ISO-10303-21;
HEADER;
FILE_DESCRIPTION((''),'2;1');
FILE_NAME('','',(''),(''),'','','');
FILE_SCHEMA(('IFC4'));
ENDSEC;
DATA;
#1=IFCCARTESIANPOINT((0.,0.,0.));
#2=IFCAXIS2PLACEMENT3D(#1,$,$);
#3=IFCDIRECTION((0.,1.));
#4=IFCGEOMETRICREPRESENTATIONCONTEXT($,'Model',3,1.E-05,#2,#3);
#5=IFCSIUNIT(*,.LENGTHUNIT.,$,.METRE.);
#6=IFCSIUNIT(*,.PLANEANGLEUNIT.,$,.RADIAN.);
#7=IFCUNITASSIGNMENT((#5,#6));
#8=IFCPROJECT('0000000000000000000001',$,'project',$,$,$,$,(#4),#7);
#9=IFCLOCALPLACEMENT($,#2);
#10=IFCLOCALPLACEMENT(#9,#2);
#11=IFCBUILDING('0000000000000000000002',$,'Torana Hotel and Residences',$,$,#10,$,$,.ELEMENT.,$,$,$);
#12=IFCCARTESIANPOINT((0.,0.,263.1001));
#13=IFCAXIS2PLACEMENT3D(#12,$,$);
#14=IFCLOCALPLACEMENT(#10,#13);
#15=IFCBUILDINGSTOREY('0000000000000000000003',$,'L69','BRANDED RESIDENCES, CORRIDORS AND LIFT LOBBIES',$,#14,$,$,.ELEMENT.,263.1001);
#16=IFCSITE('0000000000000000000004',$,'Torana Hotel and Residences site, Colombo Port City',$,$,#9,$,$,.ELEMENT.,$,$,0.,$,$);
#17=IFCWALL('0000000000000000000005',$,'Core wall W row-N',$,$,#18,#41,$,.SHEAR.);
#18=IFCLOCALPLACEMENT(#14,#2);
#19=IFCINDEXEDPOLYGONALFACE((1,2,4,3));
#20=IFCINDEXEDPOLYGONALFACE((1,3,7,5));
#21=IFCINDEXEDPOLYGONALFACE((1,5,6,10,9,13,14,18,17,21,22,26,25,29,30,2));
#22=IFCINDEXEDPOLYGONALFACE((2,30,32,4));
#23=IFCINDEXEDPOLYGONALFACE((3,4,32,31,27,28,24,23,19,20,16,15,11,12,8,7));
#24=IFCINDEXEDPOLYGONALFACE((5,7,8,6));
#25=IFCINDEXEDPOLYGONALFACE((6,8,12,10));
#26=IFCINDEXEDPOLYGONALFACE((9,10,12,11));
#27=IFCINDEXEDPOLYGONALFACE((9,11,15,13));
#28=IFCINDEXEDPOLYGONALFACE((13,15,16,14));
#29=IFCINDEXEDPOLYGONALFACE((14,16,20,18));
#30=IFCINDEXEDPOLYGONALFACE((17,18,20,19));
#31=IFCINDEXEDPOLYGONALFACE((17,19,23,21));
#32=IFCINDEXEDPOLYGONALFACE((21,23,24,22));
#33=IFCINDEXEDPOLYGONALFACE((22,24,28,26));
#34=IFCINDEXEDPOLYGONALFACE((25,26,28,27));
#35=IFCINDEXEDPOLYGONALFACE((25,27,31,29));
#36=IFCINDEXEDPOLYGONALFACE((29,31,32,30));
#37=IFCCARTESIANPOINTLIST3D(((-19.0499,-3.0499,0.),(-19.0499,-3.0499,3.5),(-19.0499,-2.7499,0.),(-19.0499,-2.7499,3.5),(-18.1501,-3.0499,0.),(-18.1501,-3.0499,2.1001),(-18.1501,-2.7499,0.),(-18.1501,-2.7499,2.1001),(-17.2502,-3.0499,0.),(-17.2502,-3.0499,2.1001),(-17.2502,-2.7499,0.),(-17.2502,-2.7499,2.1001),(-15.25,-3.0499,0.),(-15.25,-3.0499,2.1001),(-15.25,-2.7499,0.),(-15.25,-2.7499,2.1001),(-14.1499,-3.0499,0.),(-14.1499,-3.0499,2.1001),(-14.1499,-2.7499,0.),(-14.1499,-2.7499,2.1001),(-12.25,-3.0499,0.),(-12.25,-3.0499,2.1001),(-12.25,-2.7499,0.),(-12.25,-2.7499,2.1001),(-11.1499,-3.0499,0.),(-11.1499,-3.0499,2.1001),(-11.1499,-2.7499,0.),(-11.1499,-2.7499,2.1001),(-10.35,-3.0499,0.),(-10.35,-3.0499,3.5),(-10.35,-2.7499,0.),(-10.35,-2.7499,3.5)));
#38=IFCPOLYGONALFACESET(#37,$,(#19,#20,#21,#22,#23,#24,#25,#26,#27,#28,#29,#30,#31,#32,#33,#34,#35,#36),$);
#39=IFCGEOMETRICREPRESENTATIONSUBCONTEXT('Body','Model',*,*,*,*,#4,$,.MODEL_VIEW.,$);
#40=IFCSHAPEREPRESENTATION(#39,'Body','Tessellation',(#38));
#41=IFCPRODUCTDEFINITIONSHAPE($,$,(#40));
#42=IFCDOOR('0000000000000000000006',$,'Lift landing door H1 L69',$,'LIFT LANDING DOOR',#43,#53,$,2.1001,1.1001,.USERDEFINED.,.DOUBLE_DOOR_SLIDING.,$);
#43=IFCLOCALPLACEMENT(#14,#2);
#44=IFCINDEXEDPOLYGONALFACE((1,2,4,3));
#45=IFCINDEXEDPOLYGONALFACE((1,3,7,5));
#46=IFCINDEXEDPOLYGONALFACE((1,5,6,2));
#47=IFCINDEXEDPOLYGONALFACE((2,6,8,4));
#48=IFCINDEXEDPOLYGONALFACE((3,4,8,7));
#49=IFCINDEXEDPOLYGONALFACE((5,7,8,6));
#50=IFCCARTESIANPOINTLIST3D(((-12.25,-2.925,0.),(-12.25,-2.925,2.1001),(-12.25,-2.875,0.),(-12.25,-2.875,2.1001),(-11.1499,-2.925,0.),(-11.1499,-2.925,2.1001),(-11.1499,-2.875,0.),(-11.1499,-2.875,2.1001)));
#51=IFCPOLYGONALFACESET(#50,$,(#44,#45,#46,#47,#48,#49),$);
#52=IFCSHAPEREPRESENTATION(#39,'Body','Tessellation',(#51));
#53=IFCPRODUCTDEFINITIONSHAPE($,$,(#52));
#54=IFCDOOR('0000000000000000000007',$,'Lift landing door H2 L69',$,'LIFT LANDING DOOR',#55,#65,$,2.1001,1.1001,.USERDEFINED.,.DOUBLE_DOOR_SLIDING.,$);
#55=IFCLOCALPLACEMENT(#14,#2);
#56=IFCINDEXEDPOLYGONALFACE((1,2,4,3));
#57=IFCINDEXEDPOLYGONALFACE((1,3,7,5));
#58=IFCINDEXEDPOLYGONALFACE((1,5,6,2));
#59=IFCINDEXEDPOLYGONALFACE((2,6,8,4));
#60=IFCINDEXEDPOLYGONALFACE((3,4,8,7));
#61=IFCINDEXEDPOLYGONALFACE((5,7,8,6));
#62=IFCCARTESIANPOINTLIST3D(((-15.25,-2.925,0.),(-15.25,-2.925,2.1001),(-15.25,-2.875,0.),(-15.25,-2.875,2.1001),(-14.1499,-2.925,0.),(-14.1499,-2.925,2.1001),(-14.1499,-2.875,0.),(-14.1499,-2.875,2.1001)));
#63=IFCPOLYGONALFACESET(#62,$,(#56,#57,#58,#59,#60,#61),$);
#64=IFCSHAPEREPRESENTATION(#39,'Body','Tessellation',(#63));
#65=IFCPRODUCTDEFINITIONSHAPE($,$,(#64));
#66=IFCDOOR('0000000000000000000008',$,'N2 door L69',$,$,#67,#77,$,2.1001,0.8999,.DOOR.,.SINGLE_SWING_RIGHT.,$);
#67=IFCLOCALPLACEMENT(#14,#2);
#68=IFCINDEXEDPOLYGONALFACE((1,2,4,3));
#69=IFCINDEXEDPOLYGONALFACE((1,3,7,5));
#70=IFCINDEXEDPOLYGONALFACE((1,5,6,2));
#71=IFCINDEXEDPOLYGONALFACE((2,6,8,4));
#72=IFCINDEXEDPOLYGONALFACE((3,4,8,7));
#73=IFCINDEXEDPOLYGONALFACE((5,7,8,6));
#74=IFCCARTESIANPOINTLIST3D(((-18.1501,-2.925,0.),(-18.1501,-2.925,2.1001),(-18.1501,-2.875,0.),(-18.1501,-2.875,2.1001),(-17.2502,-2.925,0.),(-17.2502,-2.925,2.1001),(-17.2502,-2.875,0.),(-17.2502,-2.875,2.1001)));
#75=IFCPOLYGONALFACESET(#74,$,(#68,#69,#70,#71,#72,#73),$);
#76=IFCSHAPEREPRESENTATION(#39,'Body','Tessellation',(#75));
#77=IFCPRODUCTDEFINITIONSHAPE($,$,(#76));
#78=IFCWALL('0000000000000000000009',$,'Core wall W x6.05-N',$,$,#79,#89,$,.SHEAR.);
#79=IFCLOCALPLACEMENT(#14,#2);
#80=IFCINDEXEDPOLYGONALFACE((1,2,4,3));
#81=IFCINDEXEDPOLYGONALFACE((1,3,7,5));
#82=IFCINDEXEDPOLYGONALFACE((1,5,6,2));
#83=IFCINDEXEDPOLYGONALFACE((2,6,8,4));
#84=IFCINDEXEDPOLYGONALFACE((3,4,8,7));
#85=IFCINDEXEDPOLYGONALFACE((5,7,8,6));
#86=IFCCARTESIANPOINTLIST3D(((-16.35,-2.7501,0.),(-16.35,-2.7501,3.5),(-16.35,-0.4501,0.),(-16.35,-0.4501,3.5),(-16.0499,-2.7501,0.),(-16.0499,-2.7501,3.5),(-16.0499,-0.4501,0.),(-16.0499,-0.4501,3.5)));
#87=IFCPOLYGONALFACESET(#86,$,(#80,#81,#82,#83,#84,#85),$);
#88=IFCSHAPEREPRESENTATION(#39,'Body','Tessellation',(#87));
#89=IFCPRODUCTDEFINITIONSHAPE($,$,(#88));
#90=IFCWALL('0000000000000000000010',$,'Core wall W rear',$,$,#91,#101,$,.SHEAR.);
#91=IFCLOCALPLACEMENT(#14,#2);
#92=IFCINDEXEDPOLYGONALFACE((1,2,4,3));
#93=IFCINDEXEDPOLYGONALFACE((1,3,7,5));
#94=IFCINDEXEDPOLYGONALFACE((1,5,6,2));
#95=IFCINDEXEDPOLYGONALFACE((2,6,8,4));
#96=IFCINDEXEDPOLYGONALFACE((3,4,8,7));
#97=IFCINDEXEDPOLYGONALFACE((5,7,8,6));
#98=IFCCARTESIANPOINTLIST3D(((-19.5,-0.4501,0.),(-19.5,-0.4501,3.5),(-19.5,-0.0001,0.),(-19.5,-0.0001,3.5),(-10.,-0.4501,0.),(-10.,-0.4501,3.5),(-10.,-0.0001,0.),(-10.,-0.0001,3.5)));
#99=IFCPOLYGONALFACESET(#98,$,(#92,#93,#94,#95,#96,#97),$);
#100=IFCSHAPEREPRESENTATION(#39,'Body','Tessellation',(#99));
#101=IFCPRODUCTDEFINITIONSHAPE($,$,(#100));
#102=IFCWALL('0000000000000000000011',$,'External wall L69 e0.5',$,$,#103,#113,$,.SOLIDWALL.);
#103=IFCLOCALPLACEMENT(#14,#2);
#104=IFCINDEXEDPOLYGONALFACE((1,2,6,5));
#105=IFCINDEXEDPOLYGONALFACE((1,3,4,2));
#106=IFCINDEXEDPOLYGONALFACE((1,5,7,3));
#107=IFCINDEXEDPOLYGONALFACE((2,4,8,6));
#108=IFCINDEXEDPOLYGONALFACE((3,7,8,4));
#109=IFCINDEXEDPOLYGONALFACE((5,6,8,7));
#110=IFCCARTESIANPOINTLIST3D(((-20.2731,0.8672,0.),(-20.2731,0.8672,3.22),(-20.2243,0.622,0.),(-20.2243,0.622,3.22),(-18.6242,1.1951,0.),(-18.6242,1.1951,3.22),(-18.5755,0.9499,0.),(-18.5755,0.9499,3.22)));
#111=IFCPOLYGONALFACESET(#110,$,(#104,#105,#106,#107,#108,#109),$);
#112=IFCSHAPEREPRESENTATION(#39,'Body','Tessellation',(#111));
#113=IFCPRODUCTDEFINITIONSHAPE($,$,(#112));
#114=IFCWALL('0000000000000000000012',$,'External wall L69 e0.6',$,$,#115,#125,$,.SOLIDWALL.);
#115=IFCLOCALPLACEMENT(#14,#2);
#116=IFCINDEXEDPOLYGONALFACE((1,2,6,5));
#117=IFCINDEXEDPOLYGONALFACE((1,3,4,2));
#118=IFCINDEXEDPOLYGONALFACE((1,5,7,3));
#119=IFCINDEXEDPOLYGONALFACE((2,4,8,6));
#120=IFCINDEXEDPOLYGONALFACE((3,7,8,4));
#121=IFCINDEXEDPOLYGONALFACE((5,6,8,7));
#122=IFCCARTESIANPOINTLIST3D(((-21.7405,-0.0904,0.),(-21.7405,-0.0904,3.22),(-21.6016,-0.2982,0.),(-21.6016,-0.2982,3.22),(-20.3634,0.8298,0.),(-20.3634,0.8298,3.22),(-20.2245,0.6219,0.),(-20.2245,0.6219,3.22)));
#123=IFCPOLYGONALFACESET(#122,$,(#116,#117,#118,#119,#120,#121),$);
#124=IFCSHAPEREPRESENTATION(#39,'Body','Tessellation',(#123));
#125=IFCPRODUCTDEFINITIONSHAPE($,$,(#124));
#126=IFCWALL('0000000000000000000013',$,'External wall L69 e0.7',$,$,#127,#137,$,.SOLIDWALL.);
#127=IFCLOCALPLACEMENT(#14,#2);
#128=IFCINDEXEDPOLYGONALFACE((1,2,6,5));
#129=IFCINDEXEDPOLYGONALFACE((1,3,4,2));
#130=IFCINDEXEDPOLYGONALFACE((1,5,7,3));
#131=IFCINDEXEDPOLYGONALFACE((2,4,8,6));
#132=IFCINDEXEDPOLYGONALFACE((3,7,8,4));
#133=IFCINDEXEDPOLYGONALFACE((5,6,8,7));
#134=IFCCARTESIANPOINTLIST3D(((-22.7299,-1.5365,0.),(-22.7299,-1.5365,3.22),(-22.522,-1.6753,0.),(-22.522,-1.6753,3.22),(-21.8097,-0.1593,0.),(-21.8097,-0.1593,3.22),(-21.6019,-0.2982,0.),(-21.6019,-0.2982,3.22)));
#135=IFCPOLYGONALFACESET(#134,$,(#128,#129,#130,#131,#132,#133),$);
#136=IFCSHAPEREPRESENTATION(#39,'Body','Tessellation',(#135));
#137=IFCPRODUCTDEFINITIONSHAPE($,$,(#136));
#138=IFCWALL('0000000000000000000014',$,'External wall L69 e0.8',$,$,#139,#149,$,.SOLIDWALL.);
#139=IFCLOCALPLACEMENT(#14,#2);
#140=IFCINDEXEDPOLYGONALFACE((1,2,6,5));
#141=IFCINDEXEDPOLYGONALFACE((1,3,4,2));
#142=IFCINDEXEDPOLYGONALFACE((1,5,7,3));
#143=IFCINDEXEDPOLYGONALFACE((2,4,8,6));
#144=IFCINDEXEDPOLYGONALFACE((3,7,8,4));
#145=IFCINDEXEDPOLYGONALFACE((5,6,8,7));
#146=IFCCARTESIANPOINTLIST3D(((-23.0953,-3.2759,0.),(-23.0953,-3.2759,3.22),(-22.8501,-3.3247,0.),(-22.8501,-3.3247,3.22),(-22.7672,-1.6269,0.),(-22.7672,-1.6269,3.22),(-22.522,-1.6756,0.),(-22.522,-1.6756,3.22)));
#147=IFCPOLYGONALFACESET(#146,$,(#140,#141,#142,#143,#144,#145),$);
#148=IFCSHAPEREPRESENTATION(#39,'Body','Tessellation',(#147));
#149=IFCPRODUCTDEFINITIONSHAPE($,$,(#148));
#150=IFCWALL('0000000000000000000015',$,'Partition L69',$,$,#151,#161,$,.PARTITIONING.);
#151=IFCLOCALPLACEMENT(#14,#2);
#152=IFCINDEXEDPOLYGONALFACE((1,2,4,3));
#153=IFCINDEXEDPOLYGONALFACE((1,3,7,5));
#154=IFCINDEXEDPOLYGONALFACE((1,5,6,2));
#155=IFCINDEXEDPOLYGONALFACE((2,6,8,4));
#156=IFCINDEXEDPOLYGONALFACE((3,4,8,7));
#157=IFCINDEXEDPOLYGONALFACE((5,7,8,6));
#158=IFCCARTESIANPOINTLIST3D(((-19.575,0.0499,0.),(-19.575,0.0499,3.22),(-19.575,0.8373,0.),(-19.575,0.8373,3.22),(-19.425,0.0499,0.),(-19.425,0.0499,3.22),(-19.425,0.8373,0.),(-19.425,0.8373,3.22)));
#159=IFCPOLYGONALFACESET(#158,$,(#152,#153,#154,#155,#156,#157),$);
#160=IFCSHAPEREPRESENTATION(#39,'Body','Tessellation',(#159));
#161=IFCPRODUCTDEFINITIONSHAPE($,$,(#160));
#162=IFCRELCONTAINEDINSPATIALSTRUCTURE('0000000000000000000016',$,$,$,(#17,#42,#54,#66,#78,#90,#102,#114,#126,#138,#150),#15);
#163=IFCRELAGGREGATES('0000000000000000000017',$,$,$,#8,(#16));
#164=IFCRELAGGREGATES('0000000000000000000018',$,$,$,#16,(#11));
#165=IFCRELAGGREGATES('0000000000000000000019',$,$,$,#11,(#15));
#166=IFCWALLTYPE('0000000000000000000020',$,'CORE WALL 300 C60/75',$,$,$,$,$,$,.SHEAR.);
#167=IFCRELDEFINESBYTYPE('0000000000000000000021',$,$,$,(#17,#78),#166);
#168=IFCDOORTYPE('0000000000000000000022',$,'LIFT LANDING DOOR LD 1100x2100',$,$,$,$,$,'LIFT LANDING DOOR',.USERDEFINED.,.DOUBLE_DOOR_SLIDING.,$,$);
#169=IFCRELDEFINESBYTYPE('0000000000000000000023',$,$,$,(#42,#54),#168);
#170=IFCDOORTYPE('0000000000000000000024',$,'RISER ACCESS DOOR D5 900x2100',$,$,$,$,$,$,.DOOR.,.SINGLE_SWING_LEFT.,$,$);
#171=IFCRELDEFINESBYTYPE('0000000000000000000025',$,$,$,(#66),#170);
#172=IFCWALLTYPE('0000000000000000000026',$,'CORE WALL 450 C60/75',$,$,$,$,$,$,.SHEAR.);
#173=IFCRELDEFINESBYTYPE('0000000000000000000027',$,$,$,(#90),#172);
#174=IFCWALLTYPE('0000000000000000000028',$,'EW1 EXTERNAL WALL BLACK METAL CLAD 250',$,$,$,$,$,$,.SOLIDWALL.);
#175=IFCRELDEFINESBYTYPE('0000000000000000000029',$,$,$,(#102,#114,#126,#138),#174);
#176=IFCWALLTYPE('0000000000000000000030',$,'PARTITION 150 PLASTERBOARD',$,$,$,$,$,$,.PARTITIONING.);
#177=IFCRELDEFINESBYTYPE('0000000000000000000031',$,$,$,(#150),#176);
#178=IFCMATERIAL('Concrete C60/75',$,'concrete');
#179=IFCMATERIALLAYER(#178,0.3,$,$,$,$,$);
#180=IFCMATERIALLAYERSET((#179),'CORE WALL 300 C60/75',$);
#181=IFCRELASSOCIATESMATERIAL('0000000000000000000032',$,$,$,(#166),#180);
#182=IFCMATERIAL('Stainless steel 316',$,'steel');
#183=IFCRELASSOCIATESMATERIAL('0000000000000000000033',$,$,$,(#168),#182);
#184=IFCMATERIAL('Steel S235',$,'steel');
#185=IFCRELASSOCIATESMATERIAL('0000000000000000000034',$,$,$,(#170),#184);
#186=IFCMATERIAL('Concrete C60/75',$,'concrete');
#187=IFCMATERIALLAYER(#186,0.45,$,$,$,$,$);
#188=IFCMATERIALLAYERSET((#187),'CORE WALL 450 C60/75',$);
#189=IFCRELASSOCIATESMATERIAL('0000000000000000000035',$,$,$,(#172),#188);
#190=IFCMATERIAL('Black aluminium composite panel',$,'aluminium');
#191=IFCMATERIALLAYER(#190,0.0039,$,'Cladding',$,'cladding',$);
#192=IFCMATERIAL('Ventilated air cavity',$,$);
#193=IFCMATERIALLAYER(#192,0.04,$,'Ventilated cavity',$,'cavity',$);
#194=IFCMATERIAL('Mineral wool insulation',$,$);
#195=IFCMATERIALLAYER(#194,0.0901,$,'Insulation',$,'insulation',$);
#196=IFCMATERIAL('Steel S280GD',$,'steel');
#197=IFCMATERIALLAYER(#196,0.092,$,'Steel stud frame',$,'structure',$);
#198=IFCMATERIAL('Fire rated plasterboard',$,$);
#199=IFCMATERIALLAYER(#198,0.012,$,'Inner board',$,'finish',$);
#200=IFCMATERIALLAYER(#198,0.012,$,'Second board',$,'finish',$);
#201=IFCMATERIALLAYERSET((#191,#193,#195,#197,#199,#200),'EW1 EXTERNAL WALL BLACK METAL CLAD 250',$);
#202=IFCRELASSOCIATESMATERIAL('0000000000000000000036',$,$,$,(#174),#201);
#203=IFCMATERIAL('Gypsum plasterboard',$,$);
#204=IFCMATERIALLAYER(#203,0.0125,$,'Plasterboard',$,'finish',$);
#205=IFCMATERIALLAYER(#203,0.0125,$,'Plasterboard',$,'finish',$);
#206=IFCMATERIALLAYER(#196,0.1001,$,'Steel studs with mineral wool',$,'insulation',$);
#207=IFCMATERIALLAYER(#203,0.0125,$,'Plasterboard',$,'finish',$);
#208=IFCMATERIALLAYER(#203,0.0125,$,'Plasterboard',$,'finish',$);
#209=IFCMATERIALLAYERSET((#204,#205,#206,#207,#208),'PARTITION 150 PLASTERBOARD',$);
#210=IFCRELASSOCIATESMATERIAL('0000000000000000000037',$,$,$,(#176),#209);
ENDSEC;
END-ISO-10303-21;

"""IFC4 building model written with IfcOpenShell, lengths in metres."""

from ifc_helpers import new_model, si_unit, direction, frame, frame_2d, origin, place, context, subcontext, project, spatial, rectangle, extrude, material, layer, layer_set, type_object, element, fill, save


model = new_model("IFC4")

# Units and contexts
model_context = context("Model", 3, precision=1e-05, world=origin(), true_north=direction((0.0, 1.0)))
body_context = subcontext(model_context, "Body", "Model", "MODEL_VIEW")
ifc_project = project(units=[si_unit("LENGTHUNIT", "METRE"), si_unit("PLANEANGLEUNIT", "RADIAN")], contexts=[model_context])

# Site, building, storey
site_placement = place(None, origin())
site = spatial("IfcSite", under=ifc_project, at=site_placement, Name="Torana Hotel and Residences site, Colombo Port City", CompositionType="ELEMENT", RefElevation=0.0)
building_placement = place(site_placement, origin())
building = spatial("IfcBuilding", under=site, at=building_placement, Name="Torana Hotel and Residences", CompositionType="ELEMENT")
storey_placement = place(building_placement, frame((0.0, 0.0, 263.1001)))
storey = spatial("IfcBuildingStorey", under=building, at=storey_placement, Name="L69", Description="BRANDED RESIDENCES, CORRIDORS AND LIFT LOBBIES", CompositionType="ELEMENT", Elevation=263.1001)

# Wall, openings, doors
ifc_material_1 = material(Name="Concrete C60/75", Category="concrete")
ifc_layer_1 = layer(ifc_material_1, 0.3)
ifc_layer_set_1 = layer_set([ifc_layer_1], Name="CORE WALL 300 C60/75")
wall_type_1 = type_object("IfcWallType", Name="CORE WALL 300 C60/75", PredefinedType="SHEAR", material=ifc_layer_set_1)
wall_1_placement = place(storey_placement, frame((-19.05, -2.8999, 0.0), z_axis=(0.0, 0.0, 1.0), x_axis=(1.0, 0.0, 0.0)))
wall_1 = element("IfcWall", 1, at=wall_1_placement, inside=storey, type_object=wall_type_1, Name="Core wall W row-N", PredefinedType="SHEAR", context=body_context, shape_type="SweptSolid", body=[
    extrude(rectangle(XDim=8.7, YDim=0.3, at=frame_2d((4.3501, 0.0))), origin(), (0.0, 0.0, 1.0), 3.5),
])
opening_1_placement = place(wall_1_placement, frame((6.8, 0.0, 0.0)))
opening_1 = element("IfcOpeningElement", 2, at=opening_1_placement, cuts=wall_1, PredefinedType="OPENING", context=body_context, shape_type="SweptSolid", body=[
    extrude(rectangle(XDim=1.1001, YDim=2.1001, at=frame_2d((0.55, 1.05))), frame((0.0, 0.1599, 0.0), z_axis=(0.0, -1.0, 0.0), x_axis=(1.0, 0.0, 0.0)), (0.0, 0.0, 1.0), 0.3201),
])
opening_2_placement = place(wall_1_placement, frame((3.8, 0.0, 0.0)))
opening_2 = element("IfcOpeningElement", 3, at=opening_2_placement, cuts=wall_1, PredefinedType="OPENING", context=body_context, shape_type="SweptSolid", body=[
    extrude(rectangle(XDim=1.1001, YDim=2.1001, at=frame_2d((0.55, 1.05))), frame((0.0, 0.1599, 0.0), z_axis=(0.0, -1.0, 0.0), x_axis=(1.0, 0.0, 0.0)), (0.0, 0.0, 1.0), 0.3201),
])
opening_3_placement = place(wall_1_placement, frame((0.8999, 0.0, 0.0)))
opening_3 = element("IfcOpeningElement", 4, at=opening_3_placement, cuts=wall_1, PredefinedType="OPENING", context=body_context, shape_type="SweptSolid", body=[
    extrude(rectangle(XDim=0.8999, YDim=2.1001, at=frame_2d((0.45, 1.05))), frame((0.0, 0.1599, 0.0), z_axis=(0.0, -1.0, 0.0), x_axis=(1.0, 0.0, 0.0)), (0.0, 0.0, 1.0), 0.3201),
])
ifc_material_2 = material(Name="Stainless steel 316", Category="steel")
door_type_1 = type_object("IfcDoorType", Name="LIFT LANDING DOOR LD 1100x2100", ElementType="LIFT LANDING DOOR", OperationType="DOUBLE_DOOR_SLIDING", PredefinedType="USERDEFINED", material=ifc_material_2)
door_1_placement = place(opening_1_placement, origin())
door_1 = element("IfcDoor", 5, at=door_1_placement, inside=storey, type_object=door_type_1, Name="Lift landing door H1 L69", ObjectType="LIFT LANDING DOOR", OperationType="DOUBLE_DOOR_SLIDING", OverallHeight=2.1001, OverallWidth=1.1001, PredefinedType="USERDEFINED", context=body_context, shape_type="SweptSolid", body=[
    extrude(rectangle(XDim=1.1001, YDim=2.1001, at=frame_2d((0.55, 1.05))), frame((0.0, 0.0249, 0.0), z_axis=(0.0, -1.0, 0.0), x_axis=(1.0, 0.0, 0.0)), (0.0, 0.0, 1.0), 0.05),
])
fill(opening_1, door_1)
door_2_placement = place(opening_2_placement, origin())
door_2 = element("IfcDoor", 6, at=door_2_placement, inside=storey, type_object=door_type_1, Name="Lift landing door H2 L69", ObjectType="LIFT LANDING DOOR", OperationType="DOUBLE_DOOR_SLIDING", OverallHeight=2.1001, OverallWidth=1.1001, PredefinedType="USERDEFINED", context=body_context, shape_type="SweptSolid", body=[
    extrude(rectangle(XDim=1.1001, YDim=2.1001, at=frame_2d((0.55, 1.05))), frame((0.0, 0.0249, 0.0), z_axis=(0.0, -1.0, 0.0), x_axis=(1.0, 0.0, 0.0)), (0.0, 0.0, 1.0), 0.05),
])
fill(opening_2, door_2)
ifc_material_3 = material(Name="Steel S235", Category="steel")
door_type_2 = type_object("IfcDoorType", Name="RISER ACCESS DOOR D5 900x2100", OperationType="SINGLE_SWING_LEFT", PredefinedType="DOOR", material=ifc_material_3)
door_3_placement = place(opening_3_placement, origin())
door_3 = element("IfcDoor", 7, at=door_3_placement, inside=storey, type_object=door_type_2, Name="N2 door L69", OperationType="SINGLE_SWING_RIGHT", OverallHeight=2.1001, OverallWidth=0.8999, PredefinedType="DOOR", context=body_context, shape_type="SweptSolid", body=[
    extrude(rectangle(XDim=0.8999, YDim=2.1001, at=frame_2d((0.45, 1.05))), frame((0.0, 0.0249, 0.0), z_axis=(0.0, -1.0, 0.0), x_axis=(1.0, 0.0, 0.0)), (0.0, 0.0, 1.0), 0.05),
])
fill(opening_3, door_3)

# Walls
wall_2_placement = place(storey_placement, frame((-16.2, -2.75, 0.0), z_axis=(0.0, 0.0, 1.0), x_axis=(0.0, 1.0, 0.0)))
element("IfcWall", 8, at=wall_2_placement, inside=storey, type_object=wall_type_1, Name="Core wall W x6.05-N", PredefinedType="SHEAR", context=body_context, shape_type="SweptSolid", body=[
    extrude(rectangle(XDim=2.3, YDim=0.3, at=frame_2d((1.1499, 0.0))), origin(), (0.0, 0.0, 1.0), 3.5),
])
ifc_material_4 = material(Name="Concrete C60/75", Category="concrete")
ifc_layer_2 = layer(ifc_material_4, 0.45)
ifc_layer_set_2 = layer_set([ifc_layer_2], Name="CORE WALL 450 C60/75")
wall_type_2 = type_object("IfcWallType", Name="CORE WALL 450 C60/75", PredefinedType="SHEAR", material=ifc_layer_set_2)
wall_3_placement = place(storey_placement, frame((-19.5, -0.2251, 0.0), z_axis=(0.0, 0.0, 1.0), x_axis=(1.0, 0.0, 0.0)))
element("IfcWall", 9, at=wall_3_placement, inside=storey, type_object=wall_type_2, Name="Core wall W rear", PredefinedType="SHEAR", context=body_context, shape_type="SweptSolid", body=[
    extrude(rectangle(XDim=9.5, YDim=0.45, at=frame_2d((4.75, 0.0))), origin(), (0.0, 0.0, 1.0), 3.5),
])
ifc_material_5 = material(Name="Black aluminium composite panel", Category="aluminium")
ifc_layer_3 = layer(ifc_material_5, 0.0039, Name="Cladding", Category="cladding")
ifc_material_6 = material(Name="Ventilated air cavity")
ifc_layer_4 = layer(ifc_material_6, 0.04, Name="Ventilated cavity", Category="cavity")
ifc_material_7 = material(Name="Mineral wool insulation")
ifc_layer_5 = layer(ifc_material_7, 0.0901, Name="Insulation", Category="insulation")
ifc_material_8 = material(Name="Steel S280GD", Category="steel")
ifc_layer_6 = layer(ifc_material_8, 0.092, Name="Steel stud frame", Category="structure")
ifc_material_9 = material(Name="Fire rated plasterboard")
ifc_layer_7 = layer(ifc_material_9, 0.012, Name="Inner board", Category="finish")
ifc_layer_8 = layer(ifc_material_9, 0.012, Name="Second board", Category="finish")
ifc_layer_set_3 = layer_set([ifc_layer_3, ifc_layer_4, ifc_layer_5, ifc_layer_6, ifc_layer_7, ifc_layer_8], Name="EW1 EXTERNAL WALL BLACK METAL CLAD 250")
wall_type_3 = type_object("IfcWallType", Name="EW1 EXTERNAL WALL BLACK METAL CLAD 250", PredefinedType="SOLIDWALL", material=ifc_layer_set_3)
wall_4_placement = place(storey_placement, frame((-18.5999, 1.0725, 0.0), z_axis=(0.0, 0.0, 1.0), x_axis=(-0.980798, -0.195027, 0.0)))
element("IfcWall", 10, at=wall_4_placement, inside=storey, type_object=wall_type_3, Name="External wall L69 e0.5", PredefinedType="SOLIDWALL", context=body_context, shape_type="SweptSolid", body=[
    extrude(rectangle(XDim=1.6812, YDim=0.25, at=frame_2d((0.8406, 0.0))), origin(), (0.0, 0.0, 1.0), 3.22),
])
for number, where, z_axis, x_axis, name in (
    (11, (-20.2939, 0.7258, 0.0), (0.0, 0.0, 1.0), (-0.831483, -0.55555, 0.0), "External wall L69 e0.6"),
    (12, (-21.7058, -0.2288, 0.0), (0.0, 0.0, 1.0), (-0.55555, -0.831483, 0.0), "External wall L69 e0.7"),
):
    element("IfcWall", number, at=place(storey_placement, frame(where, z_axis=z_axis, x_axis=x_axis)), inside=storey, type_object=wall_type_3, Name=name, PredefinedType="SOLIDWALL", context=body_context, shape_type="SweptSolid", body=[
        extrude(rectangle(XDim=1.6562, YDim=0.25, at=frame_2d((0.8281, 0.0))), origin(), (0.0, 0.0, 1.0), 3.22),
    ])
wall_5_placement = place(storey_placement, frame((-22.6445, -1.6511, 0.0), z_axis=(0.0, 0.0, 1.0), x_axis=(-0.195139, -0.980776, 0.0)))
element("IfcWall", 13, at=wall_5_placement, inside=storey, type_object=wall_type_3, Name="External wall L69 e0.8", PredefinedType="SOLIDWALL", context=body_context, shape_type="SweptSolid", body=[
    extrude(rectangle(XDim=1.6814, YDim=0.25, at=frame_2d((0.8408, 0.0))), origin(), (0.0, 0.0, 1.0), 3.22),
])

# Wall
ifc_material_10 = material(Name="Gypsum plasterboard")
ifc_layer_9 = layer(ifc_material_10, 0.0125, Name="Plasterboard", Category="finish")
ifc_layer_10 = layer(ifc_material_10, 0.0125, Name="Plasterboard", Category="finish")
ifc_layer_11 = layer(ifc_material_8, 0.1001, Name="Steel studs with mineral wool", Category="insulation")
ifc_layer_12 = layer(ifc_material_10, 0.0125, Name="Plasterboard", Category="finish")
ifc_layer_13 = layer(ifc_material_10, 0.0125, Name="Plasterboard", Category="finish")
ifc_layer_set_4 = layer_set([ifc_layer_9, ifc_layer_10, ifc_layer_11, ifc_layer_12, ifc_layer_13], Name="PARTITION 150 PLASTERBOARD")
wall_type_4 = type_object("IfcWallType", Name="PARTITION 150 PLASTERBOARD", PredefinedType="PARTITIONING", material=ifc_layer_set_4)
wall_6_placement = place(storey_placement, frame((-19.5, 0.05, 0.0), z_axis=(0.0, 0.0, 1.0), x_axis=(0.0, 1.0, 0.0)))
element("IfcWall", 14, at=wall_6_placement, inside=storey, type_object=wall_type_4, Name="Partition L69", PredefinedType="PARTITIONING", context=body_context, shape_type="SweptSolid", body=[
    extrude(rectangle(XDim=0.7874, YDim=0.1499, at=frame_2d((0.3936, 0.0))), origin(), (0.0, 0.0, 1.0), 3.22),
])

save(model, "model.ifc")
